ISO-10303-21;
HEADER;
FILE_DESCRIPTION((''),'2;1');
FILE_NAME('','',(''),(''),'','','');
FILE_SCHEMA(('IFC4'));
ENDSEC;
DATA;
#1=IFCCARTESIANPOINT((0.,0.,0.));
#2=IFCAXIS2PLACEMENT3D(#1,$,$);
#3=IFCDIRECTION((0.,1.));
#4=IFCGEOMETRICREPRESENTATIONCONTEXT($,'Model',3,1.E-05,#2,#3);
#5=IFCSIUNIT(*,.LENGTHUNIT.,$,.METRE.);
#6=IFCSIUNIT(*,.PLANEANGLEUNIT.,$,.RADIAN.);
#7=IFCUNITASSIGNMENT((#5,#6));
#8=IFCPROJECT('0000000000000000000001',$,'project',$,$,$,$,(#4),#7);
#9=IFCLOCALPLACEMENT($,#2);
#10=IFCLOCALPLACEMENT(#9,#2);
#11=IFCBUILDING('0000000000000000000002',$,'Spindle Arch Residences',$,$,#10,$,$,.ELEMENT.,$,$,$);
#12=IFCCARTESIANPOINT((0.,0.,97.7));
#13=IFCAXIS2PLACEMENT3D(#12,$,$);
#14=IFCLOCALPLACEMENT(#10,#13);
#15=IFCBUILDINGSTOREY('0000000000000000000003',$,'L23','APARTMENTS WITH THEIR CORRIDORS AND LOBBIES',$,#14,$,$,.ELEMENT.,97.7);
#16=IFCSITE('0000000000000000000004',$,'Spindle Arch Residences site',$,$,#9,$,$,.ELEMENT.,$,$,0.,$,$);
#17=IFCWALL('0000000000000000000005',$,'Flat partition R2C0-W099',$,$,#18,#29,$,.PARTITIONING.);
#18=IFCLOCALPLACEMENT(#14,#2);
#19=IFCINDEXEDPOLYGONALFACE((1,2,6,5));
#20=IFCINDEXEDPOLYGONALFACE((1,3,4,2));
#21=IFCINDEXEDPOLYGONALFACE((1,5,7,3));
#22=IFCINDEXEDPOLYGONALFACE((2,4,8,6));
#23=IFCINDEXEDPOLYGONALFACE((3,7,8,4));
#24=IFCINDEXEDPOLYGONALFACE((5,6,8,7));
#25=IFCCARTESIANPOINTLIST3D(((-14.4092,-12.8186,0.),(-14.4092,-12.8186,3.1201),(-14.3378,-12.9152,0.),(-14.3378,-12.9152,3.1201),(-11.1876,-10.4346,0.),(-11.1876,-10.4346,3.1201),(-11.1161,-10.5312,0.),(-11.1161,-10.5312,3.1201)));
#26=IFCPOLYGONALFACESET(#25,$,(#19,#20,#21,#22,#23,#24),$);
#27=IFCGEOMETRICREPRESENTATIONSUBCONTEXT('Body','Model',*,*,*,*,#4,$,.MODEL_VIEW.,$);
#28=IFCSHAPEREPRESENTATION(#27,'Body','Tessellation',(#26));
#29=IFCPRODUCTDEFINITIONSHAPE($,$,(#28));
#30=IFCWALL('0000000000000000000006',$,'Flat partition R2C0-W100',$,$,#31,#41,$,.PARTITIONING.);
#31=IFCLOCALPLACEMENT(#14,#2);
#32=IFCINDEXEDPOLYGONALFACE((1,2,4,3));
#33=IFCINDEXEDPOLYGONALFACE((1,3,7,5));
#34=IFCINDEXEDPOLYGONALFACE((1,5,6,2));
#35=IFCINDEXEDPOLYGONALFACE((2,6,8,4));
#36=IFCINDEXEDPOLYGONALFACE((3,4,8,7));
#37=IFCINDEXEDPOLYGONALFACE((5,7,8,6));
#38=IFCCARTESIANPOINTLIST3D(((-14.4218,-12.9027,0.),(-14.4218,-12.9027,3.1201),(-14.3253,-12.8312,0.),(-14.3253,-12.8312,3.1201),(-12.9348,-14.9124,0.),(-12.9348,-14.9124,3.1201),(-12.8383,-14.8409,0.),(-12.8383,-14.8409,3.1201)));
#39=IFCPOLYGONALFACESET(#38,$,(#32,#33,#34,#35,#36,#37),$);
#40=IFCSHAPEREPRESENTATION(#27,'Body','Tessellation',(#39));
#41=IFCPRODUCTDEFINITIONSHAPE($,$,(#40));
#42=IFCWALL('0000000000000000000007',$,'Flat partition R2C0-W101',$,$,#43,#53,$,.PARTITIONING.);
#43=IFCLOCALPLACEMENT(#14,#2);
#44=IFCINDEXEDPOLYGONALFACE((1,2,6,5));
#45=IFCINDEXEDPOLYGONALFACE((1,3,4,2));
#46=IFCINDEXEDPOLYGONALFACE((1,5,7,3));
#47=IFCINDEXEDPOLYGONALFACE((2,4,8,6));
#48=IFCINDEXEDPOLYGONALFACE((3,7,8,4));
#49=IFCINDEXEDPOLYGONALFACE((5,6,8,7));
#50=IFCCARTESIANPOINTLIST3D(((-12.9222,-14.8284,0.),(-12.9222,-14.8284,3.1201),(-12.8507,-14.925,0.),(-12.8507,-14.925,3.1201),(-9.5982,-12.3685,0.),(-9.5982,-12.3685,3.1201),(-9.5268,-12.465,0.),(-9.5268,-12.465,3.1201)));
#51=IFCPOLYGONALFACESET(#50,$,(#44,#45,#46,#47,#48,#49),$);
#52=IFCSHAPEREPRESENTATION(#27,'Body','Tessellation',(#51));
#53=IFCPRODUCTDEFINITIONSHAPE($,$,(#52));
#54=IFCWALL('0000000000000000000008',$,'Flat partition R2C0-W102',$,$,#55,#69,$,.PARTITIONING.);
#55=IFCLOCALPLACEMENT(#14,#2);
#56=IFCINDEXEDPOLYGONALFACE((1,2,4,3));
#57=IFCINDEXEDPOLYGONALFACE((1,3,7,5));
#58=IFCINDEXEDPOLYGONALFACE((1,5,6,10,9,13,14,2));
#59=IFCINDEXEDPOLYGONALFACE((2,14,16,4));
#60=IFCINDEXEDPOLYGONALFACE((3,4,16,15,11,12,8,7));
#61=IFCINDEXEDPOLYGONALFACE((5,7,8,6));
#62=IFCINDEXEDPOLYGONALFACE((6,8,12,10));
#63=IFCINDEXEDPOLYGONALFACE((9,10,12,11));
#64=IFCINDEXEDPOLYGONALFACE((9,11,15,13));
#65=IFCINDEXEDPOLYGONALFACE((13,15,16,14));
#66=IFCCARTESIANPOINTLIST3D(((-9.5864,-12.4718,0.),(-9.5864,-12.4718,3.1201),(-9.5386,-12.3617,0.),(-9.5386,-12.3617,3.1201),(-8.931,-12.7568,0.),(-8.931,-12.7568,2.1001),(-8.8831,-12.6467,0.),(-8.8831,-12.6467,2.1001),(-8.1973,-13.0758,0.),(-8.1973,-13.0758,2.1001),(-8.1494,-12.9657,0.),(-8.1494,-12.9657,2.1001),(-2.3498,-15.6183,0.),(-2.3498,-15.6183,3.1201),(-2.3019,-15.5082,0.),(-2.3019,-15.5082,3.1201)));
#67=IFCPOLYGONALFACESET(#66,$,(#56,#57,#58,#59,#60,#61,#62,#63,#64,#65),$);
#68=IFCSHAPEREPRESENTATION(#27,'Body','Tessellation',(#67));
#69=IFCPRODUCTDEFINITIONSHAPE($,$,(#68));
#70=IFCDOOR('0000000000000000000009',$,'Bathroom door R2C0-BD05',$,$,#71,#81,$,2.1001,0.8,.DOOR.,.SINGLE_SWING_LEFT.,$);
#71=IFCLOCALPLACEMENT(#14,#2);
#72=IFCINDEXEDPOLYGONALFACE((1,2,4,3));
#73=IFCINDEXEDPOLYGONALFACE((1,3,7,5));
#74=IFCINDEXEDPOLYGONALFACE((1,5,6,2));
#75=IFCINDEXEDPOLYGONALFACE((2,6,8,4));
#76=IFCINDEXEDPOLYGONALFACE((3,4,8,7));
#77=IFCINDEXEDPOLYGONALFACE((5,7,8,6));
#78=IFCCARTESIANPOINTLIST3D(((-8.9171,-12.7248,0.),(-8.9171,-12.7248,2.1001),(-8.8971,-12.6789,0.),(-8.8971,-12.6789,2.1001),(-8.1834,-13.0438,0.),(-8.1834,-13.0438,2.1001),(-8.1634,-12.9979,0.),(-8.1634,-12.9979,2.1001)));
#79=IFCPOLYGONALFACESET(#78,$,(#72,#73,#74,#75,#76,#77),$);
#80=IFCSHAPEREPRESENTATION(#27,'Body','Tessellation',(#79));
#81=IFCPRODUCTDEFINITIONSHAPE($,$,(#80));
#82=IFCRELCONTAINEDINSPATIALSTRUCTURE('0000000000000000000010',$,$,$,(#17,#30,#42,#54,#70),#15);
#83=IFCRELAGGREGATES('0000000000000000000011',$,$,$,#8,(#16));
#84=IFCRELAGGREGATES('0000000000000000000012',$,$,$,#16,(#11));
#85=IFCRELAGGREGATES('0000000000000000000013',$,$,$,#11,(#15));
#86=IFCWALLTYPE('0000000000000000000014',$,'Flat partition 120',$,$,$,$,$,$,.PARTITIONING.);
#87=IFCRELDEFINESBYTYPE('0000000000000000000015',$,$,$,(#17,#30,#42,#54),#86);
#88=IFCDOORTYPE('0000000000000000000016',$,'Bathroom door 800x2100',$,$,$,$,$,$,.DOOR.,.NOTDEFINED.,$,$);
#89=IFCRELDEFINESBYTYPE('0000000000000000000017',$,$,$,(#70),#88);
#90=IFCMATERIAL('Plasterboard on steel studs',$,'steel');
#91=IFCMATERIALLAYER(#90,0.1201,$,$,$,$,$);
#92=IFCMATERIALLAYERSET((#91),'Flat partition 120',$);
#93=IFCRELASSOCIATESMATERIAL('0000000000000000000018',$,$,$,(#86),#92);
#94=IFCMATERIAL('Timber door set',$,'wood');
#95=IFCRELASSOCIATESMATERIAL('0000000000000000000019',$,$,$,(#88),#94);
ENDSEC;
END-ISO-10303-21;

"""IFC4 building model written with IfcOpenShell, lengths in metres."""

from ifc_helpers import new_model, si_unit, direction, frame, frame_2d, origin, place, context, subcontext, project, spatial, rectangle, extrude, material, layer, layer_set, type_object, element, fill, save


model = new_model("IFC4")

# Units and contexts
model_context = context("Model", 3, precision=1e-05, world=origin(), true_north=direction((0.0, 1.0)))
body_context = subcontext(model_context, "Body", "Model", "MODEL_VIEW")
ifc_project = project(units=[si_unit("LENGTHUNIT", "METRE"), si_unit("PLANEANGLEUNIT", "RADIAN")], contexts=[model_context])

# Site, building, storey
site_placement = place(None, origin())
site = spatial("IfcSite", under=ifc_project, at=site_placement, Name="Spindle Arch Residences site", CompositionType="ELEMENT", RefElevation=0.0)
building_placement = place(site_placement, origin())
building = spatial("IfcBuilding", under=site, at=building_placement, Name="Spindle Arch Residences", CompositionType="ELEMENT")
storey_placement = place(building_placement, frame((0.0, 0.0, 97.7)))
storey = spatial("IfcBuildingStorey", under=building, at=storey_placement, Name="L23", Description="APARTMENTS WITH THEIR CORRIDORS AND LOBBIES", CompositionType="ELEMENT", Elevation=97.7)

# Shared definitions
ifc_material_1 = material(Name="Plasterboard on steel studs", Category="steel")
ifc_layer_1 = layer(ifc_material_1, 0.1201)
ifc_layer_set_1 = layer_set([ifc_layer_1], Name="Flat partition 120")
wall_type_1 = type_object("IfcWallType", Name="Flat partition 120", PredefinedType="PARTITIONING", material=ifc_layer_set_1)

# Walls
wall_1_placement = place(storey_placement, frame((-11.1519, -10.4829, 0.0), z_axis=(0.0, 0.0, 1.0), x_axis=(-0.803843, -0.594841, 0.0)))
element("IfcWall", 1, at=wall_1_placement, inside=storey, type_object=wall_type_1, Name="Flat partition R2C0-W099", PredefinedType="PARTITIONING", context=body_context, shape_type="SweptSolid", body=[
    extrude(rectangle(XDim=4.0078, YDim=0.1201, at=frame_2d((2.0039, 0.0))), origin(), (0.0, 0.0, 1.0), 3.1201),
])
wall_2_placement = place(storey_placement, frame((-14.3735, -12.8669, 0.0), z_axis=(0.0, 0.0, 1.0), x_axis=(0.5948, -0.803874, 0.0)))
element("IfcWall", 2, at=wall_2_placement, inside=storey, type_object=wall_type_1, Name="Flat partition R2C0-W100", PredefinedType="PARTITIONING", context=body_context, shape_type="SweptSolid", body=[
    extrude(rectangle(XDim=2.5, YDim=0.1201, at=frame_2d((1.25, 0.0))), origin(), (0.0, 0.0, 1.0), 3.1201),
])
wall_3_placement = place(storey_placement, frame((-12.8865, -14.8767, 0.0), z_axis=(0.0, 0.0, 1.0), x_axis=(0.803816, 0.594877, 0.0)))
element("IfcWall", 3, at=wall_3_placement, inside=storey, type_object=wall_type_1, Name="Flat partition R2C0-W101", PredefinedType="PARTITIONING", context=body_context, shape_type="SweptSolid", body=[
    extrude(rectangle(XDim=4.1353, YDim=0.1201, at=frame_2d((2.0676, 0.0))), origin(), (0.0, 0.0, 1.0), 3.1201),
])

# Wall, opening, door
wall_4_placement = place(storey_placement, frame((-9.5625, -12.4167, 0.0), z_axis=(0.0, 0.0, 1.0), x_axis=(0.917063, -0.398742, 0.0)))
wall_4 = element("IfcWall", 4, at=wall_4_placement, inside=storey, type_object=wall_type_1, Name="Flat partition R2C0-W102", PredefinedType="PARTITIONING", context=body_context, shape_type="SweptSolid", body=[
    extrude(rectangle(XDim=7.8911, YDim=0.1201, at=frame_2d((3.9456, 0.0))), origin(), (0.0, 0.0, 1.0), 3.1201),
])
opening_1_placement = place(wall_4_placement, frame((0.7148, 0.0, 0.0)))
opening_1 = element("IfcOpeningElement", 5, at=opening_1_placement, cuts=wall_4, PredefinedType="OPENING", context=body_context, shape_type="SweptSolid", body=[
    extrude(rectangle(XDim=0.8, YDim=2.1001, at=frame_2d((0.3999, 1.05))), frame((0.0, 0.0701, 0.0), z_axis=(0.0, -1.0, 0.0), x_axis=(1.0, 0.0, 0.0)), (0.0, 0.0, 1.0), 0.1401),
])
ifc_material_2 = material(Name="Timber door set", Category="wood")
door_type_1 = type_object("IfcDoorType", Name="Bathroom door 800x2100", OperationType="NOTDEFINED", PredefinedType="DOOR", material=ifc_material_2)
door_1_placement = place(opening_1_placement, origin())
door_1 = element("IfcDoor", 6, at=door_1_placement, inside=storey, type_object=door_type_1, Name="Bathroom door R2C0-BD05", OperationType="SINGLE_SWING_LEFT", OverallHeight=2.1001, OverallWidth=0.8, PredefinedType="DOOR", context=body_context, shape_type="SweptSolid", body=[
    extrude(rectangle(XDim=0.8, YDim=2.1001, at=frame_2d((0.3999, 1.05))), frame((0.0, 0.0249, 0.0), z_axis=(0.0, -1.0, 0.0), x_axis=(1.0, 0.0, 0.0)), (0.0, 0.0, 1.0), 0.05),
])
fill(opening_1, door_1)

save(model, "model.ifc")
